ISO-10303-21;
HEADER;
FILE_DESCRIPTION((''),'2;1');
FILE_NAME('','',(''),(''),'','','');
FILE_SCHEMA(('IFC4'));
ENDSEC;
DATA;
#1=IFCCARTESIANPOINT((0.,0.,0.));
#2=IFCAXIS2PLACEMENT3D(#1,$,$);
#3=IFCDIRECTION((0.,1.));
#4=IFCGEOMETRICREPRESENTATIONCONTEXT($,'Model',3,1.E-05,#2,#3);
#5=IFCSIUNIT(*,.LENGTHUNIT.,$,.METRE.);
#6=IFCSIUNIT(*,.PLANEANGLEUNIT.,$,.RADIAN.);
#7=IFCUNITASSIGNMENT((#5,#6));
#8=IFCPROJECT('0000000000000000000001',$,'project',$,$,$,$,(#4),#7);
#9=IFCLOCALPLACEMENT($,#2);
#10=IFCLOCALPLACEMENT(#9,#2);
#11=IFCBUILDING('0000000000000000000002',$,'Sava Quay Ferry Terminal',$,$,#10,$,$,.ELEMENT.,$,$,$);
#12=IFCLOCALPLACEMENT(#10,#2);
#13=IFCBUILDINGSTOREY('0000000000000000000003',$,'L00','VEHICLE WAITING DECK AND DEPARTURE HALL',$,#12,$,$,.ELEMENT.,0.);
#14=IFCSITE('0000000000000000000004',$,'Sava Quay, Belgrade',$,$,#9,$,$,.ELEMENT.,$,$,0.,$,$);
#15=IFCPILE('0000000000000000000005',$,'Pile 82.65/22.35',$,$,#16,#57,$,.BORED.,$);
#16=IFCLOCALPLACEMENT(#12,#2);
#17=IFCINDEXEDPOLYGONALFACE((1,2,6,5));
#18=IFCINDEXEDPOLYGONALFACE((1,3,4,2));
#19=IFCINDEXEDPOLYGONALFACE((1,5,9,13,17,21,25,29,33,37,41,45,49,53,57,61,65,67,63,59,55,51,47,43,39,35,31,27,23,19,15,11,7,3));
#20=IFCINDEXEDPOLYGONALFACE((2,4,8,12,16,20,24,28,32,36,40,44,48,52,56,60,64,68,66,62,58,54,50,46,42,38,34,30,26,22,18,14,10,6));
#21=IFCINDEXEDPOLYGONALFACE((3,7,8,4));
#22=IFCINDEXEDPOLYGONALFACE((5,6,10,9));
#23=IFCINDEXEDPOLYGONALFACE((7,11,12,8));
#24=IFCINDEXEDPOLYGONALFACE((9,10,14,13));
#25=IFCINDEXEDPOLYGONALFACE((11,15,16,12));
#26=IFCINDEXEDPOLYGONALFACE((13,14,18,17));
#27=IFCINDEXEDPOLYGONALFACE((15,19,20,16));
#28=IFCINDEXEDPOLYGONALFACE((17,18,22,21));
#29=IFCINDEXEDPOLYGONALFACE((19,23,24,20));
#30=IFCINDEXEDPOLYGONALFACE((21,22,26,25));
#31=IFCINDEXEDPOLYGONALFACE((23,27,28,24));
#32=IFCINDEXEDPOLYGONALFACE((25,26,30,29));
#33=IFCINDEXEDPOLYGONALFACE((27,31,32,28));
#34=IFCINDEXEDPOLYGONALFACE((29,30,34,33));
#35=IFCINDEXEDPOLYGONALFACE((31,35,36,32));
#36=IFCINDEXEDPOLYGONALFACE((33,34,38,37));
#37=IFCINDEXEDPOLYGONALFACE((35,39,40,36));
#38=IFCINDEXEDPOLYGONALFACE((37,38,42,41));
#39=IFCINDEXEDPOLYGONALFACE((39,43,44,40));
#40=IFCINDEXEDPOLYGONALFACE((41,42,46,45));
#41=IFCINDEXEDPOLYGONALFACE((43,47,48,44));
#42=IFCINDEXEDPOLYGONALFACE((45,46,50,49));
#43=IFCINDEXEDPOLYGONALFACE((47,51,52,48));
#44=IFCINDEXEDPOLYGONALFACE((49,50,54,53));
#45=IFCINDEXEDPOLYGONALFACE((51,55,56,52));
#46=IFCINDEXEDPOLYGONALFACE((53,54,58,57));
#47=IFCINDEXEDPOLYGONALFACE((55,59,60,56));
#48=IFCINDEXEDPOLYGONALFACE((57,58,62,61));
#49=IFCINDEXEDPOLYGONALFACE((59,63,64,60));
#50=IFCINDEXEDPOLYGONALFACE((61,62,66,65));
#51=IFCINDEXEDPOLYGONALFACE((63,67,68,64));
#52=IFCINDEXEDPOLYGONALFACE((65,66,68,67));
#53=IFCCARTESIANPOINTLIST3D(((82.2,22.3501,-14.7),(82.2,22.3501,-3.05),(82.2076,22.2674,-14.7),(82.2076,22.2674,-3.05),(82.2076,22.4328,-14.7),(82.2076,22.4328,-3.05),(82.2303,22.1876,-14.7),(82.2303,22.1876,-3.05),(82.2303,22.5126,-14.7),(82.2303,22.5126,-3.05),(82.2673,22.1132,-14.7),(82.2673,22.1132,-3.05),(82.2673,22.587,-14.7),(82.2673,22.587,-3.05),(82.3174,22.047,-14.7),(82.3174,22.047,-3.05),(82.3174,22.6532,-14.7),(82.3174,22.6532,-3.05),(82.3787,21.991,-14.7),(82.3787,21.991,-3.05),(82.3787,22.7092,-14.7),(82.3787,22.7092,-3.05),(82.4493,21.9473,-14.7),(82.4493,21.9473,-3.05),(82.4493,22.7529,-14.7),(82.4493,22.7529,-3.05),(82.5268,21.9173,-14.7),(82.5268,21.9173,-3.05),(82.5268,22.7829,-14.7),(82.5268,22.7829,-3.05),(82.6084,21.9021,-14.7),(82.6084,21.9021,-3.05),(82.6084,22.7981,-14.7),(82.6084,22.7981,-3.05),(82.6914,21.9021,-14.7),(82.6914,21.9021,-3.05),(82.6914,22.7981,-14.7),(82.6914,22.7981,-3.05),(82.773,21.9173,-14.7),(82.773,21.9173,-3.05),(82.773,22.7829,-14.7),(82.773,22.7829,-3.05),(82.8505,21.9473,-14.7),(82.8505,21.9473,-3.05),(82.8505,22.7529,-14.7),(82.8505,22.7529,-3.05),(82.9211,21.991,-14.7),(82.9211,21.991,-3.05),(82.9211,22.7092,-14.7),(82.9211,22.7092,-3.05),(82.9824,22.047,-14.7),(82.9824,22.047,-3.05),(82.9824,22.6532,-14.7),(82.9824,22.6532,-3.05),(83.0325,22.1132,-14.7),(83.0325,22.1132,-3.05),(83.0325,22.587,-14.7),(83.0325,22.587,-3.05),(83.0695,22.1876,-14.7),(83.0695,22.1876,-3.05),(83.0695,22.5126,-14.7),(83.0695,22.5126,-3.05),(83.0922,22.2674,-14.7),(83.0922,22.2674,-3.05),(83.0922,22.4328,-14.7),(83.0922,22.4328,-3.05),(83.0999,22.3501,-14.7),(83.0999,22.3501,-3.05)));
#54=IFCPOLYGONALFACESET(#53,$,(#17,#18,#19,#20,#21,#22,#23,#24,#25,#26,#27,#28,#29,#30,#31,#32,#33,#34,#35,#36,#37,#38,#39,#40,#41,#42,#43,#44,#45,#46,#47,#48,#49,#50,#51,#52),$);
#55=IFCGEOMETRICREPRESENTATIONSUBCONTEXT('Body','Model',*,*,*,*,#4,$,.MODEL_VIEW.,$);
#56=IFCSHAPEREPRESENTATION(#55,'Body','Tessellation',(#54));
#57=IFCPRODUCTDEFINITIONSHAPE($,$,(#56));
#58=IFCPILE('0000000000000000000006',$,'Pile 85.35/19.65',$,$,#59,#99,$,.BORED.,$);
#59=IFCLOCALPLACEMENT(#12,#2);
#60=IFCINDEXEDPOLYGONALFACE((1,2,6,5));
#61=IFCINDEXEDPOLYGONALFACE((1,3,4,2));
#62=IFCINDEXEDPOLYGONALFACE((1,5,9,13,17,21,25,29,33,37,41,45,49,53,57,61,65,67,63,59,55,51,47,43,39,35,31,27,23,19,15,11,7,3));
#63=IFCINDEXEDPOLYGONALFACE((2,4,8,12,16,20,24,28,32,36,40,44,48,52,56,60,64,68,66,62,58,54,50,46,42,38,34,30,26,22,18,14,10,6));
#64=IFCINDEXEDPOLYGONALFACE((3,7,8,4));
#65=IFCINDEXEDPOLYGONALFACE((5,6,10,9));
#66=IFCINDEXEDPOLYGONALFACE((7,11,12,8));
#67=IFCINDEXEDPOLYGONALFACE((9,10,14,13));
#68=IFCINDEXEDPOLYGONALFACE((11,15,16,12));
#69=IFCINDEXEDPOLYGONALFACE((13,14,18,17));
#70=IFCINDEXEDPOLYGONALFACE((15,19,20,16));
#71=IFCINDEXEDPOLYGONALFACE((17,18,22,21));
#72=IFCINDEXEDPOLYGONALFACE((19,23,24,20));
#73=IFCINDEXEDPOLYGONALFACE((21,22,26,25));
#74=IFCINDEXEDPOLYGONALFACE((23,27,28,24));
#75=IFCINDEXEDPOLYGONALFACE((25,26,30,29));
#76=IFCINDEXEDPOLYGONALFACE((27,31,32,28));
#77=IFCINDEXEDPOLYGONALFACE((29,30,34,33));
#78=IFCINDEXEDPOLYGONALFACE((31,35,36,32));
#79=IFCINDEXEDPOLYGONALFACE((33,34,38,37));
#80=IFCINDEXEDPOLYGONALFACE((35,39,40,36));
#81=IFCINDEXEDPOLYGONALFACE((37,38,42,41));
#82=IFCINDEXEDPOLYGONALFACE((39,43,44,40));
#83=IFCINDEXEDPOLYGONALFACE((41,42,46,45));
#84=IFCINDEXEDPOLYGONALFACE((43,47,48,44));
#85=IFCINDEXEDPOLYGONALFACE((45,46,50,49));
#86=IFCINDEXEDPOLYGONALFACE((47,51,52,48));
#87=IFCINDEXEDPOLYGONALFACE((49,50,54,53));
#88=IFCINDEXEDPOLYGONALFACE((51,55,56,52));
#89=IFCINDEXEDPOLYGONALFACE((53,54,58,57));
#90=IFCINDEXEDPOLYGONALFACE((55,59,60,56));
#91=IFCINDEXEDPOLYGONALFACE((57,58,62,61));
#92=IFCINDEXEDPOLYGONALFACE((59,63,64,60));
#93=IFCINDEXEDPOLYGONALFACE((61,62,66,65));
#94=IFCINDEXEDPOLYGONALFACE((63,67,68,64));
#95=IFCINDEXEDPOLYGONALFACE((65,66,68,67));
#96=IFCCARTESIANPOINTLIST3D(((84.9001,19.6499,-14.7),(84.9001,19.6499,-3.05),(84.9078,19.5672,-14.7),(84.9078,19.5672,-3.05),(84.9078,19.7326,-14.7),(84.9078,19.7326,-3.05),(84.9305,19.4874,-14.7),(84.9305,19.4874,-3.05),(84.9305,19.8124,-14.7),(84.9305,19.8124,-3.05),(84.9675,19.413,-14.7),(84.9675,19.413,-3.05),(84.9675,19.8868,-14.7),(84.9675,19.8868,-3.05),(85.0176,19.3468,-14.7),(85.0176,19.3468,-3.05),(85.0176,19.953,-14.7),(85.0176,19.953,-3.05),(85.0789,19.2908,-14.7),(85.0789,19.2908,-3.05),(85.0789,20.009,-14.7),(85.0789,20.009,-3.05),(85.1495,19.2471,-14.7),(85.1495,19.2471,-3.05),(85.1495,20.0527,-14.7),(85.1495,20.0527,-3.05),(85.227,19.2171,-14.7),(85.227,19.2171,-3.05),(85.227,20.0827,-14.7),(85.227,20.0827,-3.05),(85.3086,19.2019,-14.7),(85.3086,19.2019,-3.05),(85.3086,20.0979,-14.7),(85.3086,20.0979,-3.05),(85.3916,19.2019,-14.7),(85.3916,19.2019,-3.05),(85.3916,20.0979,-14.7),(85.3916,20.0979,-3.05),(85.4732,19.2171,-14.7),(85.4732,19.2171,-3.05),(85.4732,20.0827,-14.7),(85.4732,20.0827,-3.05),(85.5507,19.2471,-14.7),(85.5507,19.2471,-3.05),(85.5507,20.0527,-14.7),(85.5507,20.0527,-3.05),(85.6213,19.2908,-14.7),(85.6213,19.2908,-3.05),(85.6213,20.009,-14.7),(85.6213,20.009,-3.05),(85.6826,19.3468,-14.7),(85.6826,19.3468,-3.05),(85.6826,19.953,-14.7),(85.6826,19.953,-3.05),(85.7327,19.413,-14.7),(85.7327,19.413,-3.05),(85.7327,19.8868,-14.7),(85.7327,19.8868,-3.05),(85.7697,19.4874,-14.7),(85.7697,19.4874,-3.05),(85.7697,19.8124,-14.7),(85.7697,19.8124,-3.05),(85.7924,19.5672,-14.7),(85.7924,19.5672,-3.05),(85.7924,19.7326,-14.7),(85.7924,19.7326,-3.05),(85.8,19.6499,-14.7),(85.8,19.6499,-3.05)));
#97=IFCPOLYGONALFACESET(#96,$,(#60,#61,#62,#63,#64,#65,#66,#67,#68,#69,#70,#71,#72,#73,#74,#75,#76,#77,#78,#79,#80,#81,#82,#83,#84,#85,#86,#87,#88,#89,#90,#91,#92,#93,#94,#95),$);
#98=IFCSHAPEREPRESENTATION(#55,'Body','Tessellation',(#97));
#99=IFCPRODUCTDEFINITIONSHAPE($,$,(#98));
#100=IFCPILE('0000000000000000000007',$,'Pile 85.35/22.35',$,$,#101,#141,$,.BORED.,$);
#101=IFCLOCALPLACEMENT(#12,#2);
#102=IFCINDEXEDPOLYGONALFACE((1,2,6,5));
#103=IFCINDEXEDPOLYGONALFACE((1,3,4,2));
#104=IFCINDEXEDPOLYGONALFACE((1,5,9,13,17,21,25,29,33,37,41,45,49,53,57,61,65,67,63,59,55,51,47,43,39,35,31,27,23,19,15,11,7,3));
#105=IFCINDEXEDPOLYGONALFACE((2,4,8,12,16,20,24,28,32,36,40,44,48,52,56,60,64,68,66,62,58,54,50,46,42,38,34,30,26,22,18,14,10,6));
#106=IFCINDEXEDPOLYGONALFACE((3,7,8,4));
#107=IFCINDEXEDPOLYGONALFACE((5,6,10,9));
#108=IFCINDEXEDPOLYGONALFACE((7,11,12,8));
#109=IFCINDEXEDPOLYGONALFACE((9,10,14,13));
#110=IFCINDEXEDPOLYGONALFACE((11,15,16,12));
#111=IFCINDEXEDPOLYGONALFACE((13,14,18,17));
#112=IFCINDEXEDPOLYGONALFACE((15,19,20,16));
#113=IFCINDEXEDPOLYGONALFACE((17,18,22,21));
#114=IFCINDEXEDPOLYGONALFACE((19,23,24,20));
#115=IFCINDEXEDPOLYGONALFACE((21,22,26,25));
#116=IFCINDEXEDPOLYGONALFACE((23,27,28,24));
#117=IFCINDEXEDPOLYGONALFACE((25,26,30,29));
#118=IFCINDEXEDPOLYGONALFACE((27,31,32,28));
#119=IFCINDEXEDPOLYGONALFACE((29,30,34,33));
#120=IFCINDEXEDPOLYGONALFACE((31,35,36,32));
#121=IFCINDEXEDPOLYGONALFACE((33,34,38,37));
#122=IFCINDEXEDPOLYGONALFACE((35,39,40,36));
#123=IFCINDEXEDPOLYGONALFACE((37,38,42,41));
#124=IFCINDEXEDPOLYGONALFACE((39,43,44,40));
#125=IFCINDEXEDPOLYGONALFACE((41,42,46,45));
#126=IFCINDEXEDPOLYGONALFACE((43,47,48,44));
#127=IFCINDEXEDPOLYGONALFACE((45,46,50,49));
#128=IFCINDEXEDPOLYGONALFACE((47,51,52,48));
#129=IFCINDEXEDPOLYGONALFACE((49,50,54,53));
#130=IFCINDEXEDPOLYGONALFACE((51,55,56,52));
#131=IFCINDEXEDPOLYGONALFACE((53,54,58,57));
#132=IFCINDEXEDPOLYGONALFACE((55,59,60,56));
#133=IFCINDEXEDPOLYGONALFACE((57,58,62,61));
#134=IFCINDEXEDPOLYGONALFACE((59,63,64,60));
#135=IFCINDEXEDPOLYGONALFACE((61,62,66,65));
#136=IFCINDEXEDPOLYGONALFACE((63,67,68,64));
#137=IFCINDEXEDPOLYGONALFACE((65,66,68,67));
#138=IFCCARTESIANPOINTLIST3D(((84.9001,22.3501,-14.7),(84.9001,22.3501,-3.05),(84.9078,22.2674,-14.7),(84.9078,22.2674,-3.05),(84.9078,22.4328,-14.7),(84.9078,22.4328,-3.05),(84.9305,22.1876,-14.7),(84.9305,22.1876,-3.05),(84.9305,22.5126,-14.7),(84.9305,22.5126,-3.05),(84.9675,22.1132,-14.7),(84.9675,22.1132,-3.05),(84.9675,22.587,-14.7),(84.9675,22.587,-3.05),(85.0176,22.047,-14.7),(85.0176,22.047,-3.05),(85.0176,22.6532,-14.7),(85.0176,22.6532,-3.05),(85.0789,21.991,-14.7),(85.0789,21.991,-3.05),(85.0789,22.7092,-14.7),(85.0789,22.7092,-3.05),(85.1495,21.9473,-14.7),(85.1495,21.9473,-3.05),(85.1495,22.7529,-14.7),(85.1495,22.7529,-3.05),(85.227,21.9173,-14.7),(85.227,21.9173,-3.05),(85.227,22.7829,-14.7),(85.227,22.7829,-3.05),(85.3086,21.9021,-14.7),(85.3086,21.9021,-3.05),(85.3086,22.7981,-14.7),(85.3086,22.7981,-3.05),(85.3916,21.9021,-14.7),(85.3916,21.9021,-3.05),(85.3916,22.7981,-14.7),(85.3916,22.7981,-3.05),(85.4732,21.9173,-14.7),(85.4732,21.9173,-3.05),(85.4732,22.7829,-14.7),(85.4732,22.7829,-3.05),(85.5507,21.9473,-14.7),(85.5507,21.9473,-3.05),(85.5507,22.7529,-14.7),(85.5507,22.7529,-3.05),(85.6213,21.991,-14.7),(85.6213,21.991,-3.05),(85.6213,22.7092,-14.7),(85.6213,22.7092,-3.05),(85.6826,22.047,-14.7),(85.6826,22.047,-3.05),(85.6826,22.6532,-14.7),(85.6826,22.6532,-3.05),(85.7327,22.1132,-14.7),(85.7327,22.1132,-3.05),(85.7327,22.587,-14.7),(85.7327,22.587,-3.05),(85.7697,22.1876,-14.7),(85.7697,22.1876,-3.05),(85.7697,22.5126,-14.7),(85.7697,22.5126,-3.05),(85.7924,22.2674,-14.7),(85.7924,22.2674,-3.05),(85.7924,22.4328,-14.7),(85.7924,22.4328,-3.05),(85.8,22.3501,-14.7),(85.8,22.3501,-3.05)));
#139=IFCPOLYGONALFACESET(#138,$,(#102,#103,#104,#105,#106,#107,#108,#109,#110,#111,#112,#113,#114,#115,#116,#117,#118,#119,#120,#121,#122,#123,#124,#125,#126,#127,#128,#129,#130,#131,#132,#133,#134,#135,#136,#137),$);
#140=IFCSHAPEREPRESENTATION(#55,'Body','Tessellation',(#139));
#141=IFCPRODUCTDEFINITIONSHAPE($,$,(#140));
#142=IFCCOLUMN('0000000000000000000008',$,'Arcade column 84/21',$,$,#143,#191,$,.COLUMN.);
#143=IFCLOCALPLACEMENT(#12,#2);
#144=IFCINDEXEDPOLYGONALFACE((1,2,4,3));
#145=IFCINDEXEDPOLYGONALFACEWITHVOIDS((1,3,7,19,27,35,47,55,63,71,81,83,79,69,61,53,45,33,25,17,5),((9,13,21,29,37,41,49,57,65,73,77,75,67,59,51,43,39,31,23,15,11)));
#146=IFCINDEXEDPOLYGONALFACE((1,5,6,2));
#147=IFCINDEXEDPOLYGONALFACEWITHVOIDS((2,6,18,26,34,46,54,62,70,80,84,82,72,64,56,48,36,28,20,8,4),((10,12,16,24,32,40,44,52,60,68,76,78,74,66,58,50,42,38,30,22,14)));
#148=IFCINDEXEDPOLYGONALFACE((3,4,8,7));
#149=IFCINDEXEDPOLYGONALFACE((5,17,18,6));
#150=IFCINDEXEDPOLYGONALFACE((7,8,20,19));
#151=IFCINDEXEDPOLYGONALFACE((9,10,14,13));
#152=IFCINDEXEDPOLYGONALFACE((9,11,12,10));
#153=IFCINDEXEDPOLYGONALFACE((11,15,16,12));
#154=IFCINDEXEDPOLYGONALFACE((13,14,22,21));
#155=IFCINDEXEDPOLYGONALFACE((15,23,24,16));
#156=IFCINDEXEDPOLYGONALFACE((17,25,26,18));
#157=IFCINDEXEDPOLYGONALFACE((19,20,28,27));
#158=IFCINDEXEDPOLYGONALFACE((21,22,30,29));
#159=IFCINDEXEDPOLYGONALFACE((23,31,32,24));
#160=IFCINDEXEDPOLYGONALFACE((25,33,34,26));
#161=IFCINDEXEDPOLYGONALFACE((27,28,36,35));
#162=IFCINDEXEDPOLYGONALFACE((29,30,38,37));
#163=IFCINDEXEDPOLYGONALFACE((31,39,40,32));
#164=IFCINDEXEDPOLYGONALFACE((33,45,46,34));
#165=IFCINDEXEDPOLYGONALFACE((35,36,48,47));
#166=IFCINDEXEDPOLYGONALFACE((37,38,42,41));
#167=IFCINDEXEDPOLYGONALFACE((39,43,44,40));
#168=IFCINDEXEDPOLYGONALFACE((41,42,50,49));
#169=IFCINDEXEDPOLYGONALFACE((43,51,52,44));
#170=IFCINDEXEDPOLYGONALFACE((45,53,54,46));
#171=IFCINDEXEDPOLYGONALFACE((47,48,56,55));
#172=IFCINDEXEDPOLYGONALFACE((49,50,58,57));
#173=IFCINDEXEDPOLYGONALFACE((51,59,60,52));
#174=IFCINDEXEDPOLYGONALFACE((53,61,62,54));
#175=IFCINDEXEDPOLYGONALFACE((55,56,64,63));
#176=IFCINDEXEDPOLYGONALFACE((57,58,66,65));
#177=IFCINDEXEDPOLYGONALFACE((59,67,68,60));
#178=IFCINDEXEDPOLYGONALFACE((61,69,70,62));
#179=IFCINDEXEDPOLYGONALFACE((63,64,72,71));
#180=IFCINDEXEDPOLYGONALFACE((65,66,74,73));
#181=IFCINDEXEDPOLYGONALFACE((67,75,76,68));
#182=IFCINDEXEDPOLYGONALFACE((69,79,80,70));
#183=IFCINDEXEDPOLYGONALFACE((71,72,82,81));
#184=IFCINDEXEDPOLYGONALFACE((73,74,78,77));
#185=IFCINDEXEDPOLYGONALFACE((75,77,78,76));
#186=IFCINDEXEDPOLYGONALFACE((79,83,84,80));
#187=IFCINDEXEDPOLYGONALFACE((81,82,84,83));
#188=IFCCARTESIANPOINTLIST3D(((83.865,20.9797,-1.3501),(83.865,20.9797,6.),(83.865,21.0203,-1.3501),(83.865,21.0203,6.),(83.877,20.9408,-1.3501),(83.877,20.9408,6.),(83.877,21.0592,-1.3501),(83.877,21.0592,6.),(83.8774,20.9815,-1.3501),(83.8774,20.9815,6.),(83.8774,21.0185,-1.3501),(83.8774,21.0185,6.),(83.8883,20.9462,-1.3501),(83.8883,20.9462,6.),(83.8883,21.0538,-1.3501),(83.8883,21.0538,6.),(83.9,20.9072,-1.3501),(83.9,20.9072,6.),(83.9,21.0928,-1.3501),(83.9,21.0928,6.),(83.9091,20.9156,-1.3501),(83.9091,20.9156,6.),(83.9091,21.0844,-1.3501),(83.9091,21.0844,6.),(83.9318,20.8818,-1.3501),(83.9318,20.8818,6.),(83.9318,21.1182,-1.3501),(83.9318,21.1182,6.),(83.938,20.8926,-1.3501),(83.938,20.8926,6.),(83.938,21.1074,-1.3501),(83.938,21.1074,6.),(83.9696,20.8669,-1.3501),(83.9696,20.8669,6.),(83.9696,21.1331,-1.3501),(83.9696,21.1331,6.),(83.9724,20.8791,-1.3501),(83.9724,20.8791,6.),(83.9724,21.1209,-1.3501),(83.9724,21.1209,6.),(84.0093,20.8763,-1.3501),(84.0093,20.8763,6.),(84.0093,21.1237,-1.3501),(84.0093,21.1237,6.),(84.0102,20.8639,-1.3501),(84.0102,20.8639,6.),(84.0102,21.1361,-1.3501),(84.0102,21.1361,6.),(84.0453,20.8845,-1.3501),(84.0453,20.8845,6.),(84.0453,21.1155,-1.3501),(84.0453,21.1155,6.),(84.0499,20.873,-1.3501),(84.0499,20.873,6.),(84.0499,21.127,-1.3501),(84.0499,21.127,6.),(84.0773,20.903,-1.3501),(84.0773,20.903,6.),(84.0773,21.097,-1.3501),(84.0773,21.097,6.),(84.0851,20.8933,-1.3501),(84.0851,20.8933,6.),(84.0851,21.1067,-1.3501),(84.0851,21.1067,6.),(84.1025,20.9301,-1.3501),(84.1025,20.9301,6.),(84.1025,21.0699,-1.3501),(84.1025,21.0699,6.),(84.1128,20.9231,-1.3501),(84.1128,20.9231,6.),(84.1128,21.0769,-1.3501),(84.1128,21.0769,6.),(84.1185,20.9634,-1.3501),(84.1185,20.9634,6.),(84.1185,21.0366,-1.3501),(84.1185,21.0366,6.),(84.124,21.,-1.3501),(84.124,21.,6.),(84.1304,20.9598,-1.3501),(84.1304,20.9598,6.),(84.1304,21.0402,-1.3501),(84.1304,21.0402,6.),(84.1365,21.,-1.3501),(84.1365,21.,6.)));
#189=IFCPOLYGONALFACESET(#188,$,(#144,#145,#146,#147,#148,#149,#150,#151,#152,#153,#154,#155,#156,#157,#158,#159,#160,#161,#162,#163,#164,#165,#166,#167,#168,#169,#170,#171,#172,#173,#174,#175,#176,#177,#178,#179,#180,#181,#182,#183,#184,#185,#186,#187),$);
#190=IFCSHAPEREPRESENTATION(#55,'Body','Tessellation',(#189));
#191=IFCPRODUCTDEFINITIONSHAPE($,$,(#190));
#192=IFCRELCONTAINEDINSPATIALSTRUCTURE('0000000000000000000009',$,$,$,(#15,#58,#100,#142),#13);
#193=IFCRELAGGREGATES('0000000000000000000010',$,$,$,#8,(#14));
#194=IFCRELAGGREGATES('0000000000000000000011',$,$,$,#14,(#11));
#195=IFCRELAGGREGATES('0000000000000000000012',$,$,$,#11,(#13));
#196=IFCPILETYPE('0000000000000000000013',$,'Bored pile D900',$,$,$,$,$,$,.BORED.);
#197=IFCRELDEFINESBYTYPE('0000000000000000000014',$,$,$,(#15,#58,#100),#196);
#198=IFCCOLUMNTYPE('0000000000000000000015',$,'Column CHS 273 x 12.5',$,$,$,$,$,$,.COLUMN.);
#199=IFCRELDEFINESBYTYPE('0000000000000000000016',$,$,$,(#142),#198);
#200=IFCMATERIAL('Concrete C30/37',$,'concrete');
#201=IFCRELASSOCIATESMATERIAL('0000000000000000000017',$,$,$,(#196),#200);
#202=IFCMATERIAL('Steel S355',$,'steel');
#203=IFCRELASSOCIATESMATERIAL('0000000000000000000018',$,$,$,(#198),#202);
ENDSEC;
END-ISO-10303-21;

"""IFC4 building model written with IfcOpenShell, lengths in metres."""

from ifc_helpers import new_model, si_unit, direction, frame, origin, origin_2d, place, context, subcontext, project, spatial, circle, hollow_circle, extrude, material, material_profile, profile_set, type_object, element, save


model = new_model("IFC4")

# Units and contexts
model_context = context("Model", 3, precision=1e-05, world=origin(), true_north=direction((0.0, 1.0)))
body_context = subcontext(model_context, "Body", "Model", "MODEL_VIEW")
ifc_project = project(units=[si_unit("LENGTHUNIT", "METRE"), si_unit("PLANEANGLEUNIT", "RADIAN")], contexts=[model_context])

# Site, building, storey
site_placement = place(None, origin())
site = spatial("IfcSite", under=ifc_project, at=site_placement, Name="Sava Quay, Belgrade", CompositionType="ELEMENT", RefElevation=0.0)
building_placement = place(site_placement, origin())
building = spatial("IfcBuilding", under=site, at=building_placement, Name="Sava Quay Ferry Terminal", CompositionType="ELEMENT")
storey_placement = place(building_placement, origin())
storey = spatial("IfcBuildingStorey", under=building, at=storey_placement, Name="L00", Description="VEHICLE WAITING DECK AND DEPARTURE HALL", CompositionType="ELEMENT", Elevation=0.0)

# Piles
ifc_material_1 = material(Name="Concrete C30/37", Category="concrete")
ifc_material_profile_1 = material_profile(ifc_material_1, circle(Radius=0.45, at=origin_2d()), Name="Bored pile D900")
ifc_profile_set_1 = profile_set([ifc_material_profile_1], Name="Concrete C30/37")
pile_type = type_object("IfcPileType", Name="Bored pile D900", PredefinedType="BORED", material=ifc_profile_set_1)
for number, where, z_axis, x_axis, name in (
    (1, (82.6499, 22.3501, -3.05), (0.0, 0.0, -1.0), (1.0, 0.0, 0.0), "Pile 82.65/22.35"),
    (2, (85.3501, 19.6499, -3.05), (0.0, 0.0, -1.0), (1.0, 0.0, 0.0), "Pile 85.35/19.65"),
    (3, (85.3501, 22.3501, -3.05), (0.0, 0.0, -1.0), (1.0, 0.0, 0.0), "Pile 85.35/22.35"),
):
    element("IfcPile", number, at=place(storey_placement, frame(where, z_axis=z_axis, x_axis=x_axis)), inside=storey, type_object=pile_type, Name=name, PredefinedType="BORED", context=body_context, shape_type="SweptSolid", body=[
        extrude(circle(Radius=0.45, at=origin_2d()), origin(), (0.0, 0.0, 1.0), 11.6499),
    ])

# Column
ifc_material_2 = material(Name="Steel S355", Category="steel")
ifc_material_profile_2 = material_profile(ifc_material_2, hollow_circle(Radius=0.1365, WallThickness=0.0125, at=origin_2d()), Name="CHS 273 x 12.5")
ifc_profile_set_2 = profile_set([ifc_material_profile_2], Name="Steel S355")
column_type_1 = type_object("IfcColumnType", Name="Column CHS 273 x 12.5", PredefinedType="COLUMN", material=ifc_profile_set_2)
column_1_placement = place(storey_placement, frame((84.0, 21.0, -1.3501), z_axis=(0.0, 0.0, 1.0), x_axis=(1.0, 0.0, 0.0)))
element("IfcColumn", 4, at=column_1_placement, inside=storey, type_object=column_type_1, Name="Arcade column 84/21", PredefinedType="COLUMN", context=body_context, shape_type="SweptSolid", body=[
    extrude(hollow_circle(Radius=0.1365, WallThickness=0.0125, at=origin_2d()), origin(), (0.0, 0.0, 1.0), 7.3501),
])

save(model, "model.ifc")
